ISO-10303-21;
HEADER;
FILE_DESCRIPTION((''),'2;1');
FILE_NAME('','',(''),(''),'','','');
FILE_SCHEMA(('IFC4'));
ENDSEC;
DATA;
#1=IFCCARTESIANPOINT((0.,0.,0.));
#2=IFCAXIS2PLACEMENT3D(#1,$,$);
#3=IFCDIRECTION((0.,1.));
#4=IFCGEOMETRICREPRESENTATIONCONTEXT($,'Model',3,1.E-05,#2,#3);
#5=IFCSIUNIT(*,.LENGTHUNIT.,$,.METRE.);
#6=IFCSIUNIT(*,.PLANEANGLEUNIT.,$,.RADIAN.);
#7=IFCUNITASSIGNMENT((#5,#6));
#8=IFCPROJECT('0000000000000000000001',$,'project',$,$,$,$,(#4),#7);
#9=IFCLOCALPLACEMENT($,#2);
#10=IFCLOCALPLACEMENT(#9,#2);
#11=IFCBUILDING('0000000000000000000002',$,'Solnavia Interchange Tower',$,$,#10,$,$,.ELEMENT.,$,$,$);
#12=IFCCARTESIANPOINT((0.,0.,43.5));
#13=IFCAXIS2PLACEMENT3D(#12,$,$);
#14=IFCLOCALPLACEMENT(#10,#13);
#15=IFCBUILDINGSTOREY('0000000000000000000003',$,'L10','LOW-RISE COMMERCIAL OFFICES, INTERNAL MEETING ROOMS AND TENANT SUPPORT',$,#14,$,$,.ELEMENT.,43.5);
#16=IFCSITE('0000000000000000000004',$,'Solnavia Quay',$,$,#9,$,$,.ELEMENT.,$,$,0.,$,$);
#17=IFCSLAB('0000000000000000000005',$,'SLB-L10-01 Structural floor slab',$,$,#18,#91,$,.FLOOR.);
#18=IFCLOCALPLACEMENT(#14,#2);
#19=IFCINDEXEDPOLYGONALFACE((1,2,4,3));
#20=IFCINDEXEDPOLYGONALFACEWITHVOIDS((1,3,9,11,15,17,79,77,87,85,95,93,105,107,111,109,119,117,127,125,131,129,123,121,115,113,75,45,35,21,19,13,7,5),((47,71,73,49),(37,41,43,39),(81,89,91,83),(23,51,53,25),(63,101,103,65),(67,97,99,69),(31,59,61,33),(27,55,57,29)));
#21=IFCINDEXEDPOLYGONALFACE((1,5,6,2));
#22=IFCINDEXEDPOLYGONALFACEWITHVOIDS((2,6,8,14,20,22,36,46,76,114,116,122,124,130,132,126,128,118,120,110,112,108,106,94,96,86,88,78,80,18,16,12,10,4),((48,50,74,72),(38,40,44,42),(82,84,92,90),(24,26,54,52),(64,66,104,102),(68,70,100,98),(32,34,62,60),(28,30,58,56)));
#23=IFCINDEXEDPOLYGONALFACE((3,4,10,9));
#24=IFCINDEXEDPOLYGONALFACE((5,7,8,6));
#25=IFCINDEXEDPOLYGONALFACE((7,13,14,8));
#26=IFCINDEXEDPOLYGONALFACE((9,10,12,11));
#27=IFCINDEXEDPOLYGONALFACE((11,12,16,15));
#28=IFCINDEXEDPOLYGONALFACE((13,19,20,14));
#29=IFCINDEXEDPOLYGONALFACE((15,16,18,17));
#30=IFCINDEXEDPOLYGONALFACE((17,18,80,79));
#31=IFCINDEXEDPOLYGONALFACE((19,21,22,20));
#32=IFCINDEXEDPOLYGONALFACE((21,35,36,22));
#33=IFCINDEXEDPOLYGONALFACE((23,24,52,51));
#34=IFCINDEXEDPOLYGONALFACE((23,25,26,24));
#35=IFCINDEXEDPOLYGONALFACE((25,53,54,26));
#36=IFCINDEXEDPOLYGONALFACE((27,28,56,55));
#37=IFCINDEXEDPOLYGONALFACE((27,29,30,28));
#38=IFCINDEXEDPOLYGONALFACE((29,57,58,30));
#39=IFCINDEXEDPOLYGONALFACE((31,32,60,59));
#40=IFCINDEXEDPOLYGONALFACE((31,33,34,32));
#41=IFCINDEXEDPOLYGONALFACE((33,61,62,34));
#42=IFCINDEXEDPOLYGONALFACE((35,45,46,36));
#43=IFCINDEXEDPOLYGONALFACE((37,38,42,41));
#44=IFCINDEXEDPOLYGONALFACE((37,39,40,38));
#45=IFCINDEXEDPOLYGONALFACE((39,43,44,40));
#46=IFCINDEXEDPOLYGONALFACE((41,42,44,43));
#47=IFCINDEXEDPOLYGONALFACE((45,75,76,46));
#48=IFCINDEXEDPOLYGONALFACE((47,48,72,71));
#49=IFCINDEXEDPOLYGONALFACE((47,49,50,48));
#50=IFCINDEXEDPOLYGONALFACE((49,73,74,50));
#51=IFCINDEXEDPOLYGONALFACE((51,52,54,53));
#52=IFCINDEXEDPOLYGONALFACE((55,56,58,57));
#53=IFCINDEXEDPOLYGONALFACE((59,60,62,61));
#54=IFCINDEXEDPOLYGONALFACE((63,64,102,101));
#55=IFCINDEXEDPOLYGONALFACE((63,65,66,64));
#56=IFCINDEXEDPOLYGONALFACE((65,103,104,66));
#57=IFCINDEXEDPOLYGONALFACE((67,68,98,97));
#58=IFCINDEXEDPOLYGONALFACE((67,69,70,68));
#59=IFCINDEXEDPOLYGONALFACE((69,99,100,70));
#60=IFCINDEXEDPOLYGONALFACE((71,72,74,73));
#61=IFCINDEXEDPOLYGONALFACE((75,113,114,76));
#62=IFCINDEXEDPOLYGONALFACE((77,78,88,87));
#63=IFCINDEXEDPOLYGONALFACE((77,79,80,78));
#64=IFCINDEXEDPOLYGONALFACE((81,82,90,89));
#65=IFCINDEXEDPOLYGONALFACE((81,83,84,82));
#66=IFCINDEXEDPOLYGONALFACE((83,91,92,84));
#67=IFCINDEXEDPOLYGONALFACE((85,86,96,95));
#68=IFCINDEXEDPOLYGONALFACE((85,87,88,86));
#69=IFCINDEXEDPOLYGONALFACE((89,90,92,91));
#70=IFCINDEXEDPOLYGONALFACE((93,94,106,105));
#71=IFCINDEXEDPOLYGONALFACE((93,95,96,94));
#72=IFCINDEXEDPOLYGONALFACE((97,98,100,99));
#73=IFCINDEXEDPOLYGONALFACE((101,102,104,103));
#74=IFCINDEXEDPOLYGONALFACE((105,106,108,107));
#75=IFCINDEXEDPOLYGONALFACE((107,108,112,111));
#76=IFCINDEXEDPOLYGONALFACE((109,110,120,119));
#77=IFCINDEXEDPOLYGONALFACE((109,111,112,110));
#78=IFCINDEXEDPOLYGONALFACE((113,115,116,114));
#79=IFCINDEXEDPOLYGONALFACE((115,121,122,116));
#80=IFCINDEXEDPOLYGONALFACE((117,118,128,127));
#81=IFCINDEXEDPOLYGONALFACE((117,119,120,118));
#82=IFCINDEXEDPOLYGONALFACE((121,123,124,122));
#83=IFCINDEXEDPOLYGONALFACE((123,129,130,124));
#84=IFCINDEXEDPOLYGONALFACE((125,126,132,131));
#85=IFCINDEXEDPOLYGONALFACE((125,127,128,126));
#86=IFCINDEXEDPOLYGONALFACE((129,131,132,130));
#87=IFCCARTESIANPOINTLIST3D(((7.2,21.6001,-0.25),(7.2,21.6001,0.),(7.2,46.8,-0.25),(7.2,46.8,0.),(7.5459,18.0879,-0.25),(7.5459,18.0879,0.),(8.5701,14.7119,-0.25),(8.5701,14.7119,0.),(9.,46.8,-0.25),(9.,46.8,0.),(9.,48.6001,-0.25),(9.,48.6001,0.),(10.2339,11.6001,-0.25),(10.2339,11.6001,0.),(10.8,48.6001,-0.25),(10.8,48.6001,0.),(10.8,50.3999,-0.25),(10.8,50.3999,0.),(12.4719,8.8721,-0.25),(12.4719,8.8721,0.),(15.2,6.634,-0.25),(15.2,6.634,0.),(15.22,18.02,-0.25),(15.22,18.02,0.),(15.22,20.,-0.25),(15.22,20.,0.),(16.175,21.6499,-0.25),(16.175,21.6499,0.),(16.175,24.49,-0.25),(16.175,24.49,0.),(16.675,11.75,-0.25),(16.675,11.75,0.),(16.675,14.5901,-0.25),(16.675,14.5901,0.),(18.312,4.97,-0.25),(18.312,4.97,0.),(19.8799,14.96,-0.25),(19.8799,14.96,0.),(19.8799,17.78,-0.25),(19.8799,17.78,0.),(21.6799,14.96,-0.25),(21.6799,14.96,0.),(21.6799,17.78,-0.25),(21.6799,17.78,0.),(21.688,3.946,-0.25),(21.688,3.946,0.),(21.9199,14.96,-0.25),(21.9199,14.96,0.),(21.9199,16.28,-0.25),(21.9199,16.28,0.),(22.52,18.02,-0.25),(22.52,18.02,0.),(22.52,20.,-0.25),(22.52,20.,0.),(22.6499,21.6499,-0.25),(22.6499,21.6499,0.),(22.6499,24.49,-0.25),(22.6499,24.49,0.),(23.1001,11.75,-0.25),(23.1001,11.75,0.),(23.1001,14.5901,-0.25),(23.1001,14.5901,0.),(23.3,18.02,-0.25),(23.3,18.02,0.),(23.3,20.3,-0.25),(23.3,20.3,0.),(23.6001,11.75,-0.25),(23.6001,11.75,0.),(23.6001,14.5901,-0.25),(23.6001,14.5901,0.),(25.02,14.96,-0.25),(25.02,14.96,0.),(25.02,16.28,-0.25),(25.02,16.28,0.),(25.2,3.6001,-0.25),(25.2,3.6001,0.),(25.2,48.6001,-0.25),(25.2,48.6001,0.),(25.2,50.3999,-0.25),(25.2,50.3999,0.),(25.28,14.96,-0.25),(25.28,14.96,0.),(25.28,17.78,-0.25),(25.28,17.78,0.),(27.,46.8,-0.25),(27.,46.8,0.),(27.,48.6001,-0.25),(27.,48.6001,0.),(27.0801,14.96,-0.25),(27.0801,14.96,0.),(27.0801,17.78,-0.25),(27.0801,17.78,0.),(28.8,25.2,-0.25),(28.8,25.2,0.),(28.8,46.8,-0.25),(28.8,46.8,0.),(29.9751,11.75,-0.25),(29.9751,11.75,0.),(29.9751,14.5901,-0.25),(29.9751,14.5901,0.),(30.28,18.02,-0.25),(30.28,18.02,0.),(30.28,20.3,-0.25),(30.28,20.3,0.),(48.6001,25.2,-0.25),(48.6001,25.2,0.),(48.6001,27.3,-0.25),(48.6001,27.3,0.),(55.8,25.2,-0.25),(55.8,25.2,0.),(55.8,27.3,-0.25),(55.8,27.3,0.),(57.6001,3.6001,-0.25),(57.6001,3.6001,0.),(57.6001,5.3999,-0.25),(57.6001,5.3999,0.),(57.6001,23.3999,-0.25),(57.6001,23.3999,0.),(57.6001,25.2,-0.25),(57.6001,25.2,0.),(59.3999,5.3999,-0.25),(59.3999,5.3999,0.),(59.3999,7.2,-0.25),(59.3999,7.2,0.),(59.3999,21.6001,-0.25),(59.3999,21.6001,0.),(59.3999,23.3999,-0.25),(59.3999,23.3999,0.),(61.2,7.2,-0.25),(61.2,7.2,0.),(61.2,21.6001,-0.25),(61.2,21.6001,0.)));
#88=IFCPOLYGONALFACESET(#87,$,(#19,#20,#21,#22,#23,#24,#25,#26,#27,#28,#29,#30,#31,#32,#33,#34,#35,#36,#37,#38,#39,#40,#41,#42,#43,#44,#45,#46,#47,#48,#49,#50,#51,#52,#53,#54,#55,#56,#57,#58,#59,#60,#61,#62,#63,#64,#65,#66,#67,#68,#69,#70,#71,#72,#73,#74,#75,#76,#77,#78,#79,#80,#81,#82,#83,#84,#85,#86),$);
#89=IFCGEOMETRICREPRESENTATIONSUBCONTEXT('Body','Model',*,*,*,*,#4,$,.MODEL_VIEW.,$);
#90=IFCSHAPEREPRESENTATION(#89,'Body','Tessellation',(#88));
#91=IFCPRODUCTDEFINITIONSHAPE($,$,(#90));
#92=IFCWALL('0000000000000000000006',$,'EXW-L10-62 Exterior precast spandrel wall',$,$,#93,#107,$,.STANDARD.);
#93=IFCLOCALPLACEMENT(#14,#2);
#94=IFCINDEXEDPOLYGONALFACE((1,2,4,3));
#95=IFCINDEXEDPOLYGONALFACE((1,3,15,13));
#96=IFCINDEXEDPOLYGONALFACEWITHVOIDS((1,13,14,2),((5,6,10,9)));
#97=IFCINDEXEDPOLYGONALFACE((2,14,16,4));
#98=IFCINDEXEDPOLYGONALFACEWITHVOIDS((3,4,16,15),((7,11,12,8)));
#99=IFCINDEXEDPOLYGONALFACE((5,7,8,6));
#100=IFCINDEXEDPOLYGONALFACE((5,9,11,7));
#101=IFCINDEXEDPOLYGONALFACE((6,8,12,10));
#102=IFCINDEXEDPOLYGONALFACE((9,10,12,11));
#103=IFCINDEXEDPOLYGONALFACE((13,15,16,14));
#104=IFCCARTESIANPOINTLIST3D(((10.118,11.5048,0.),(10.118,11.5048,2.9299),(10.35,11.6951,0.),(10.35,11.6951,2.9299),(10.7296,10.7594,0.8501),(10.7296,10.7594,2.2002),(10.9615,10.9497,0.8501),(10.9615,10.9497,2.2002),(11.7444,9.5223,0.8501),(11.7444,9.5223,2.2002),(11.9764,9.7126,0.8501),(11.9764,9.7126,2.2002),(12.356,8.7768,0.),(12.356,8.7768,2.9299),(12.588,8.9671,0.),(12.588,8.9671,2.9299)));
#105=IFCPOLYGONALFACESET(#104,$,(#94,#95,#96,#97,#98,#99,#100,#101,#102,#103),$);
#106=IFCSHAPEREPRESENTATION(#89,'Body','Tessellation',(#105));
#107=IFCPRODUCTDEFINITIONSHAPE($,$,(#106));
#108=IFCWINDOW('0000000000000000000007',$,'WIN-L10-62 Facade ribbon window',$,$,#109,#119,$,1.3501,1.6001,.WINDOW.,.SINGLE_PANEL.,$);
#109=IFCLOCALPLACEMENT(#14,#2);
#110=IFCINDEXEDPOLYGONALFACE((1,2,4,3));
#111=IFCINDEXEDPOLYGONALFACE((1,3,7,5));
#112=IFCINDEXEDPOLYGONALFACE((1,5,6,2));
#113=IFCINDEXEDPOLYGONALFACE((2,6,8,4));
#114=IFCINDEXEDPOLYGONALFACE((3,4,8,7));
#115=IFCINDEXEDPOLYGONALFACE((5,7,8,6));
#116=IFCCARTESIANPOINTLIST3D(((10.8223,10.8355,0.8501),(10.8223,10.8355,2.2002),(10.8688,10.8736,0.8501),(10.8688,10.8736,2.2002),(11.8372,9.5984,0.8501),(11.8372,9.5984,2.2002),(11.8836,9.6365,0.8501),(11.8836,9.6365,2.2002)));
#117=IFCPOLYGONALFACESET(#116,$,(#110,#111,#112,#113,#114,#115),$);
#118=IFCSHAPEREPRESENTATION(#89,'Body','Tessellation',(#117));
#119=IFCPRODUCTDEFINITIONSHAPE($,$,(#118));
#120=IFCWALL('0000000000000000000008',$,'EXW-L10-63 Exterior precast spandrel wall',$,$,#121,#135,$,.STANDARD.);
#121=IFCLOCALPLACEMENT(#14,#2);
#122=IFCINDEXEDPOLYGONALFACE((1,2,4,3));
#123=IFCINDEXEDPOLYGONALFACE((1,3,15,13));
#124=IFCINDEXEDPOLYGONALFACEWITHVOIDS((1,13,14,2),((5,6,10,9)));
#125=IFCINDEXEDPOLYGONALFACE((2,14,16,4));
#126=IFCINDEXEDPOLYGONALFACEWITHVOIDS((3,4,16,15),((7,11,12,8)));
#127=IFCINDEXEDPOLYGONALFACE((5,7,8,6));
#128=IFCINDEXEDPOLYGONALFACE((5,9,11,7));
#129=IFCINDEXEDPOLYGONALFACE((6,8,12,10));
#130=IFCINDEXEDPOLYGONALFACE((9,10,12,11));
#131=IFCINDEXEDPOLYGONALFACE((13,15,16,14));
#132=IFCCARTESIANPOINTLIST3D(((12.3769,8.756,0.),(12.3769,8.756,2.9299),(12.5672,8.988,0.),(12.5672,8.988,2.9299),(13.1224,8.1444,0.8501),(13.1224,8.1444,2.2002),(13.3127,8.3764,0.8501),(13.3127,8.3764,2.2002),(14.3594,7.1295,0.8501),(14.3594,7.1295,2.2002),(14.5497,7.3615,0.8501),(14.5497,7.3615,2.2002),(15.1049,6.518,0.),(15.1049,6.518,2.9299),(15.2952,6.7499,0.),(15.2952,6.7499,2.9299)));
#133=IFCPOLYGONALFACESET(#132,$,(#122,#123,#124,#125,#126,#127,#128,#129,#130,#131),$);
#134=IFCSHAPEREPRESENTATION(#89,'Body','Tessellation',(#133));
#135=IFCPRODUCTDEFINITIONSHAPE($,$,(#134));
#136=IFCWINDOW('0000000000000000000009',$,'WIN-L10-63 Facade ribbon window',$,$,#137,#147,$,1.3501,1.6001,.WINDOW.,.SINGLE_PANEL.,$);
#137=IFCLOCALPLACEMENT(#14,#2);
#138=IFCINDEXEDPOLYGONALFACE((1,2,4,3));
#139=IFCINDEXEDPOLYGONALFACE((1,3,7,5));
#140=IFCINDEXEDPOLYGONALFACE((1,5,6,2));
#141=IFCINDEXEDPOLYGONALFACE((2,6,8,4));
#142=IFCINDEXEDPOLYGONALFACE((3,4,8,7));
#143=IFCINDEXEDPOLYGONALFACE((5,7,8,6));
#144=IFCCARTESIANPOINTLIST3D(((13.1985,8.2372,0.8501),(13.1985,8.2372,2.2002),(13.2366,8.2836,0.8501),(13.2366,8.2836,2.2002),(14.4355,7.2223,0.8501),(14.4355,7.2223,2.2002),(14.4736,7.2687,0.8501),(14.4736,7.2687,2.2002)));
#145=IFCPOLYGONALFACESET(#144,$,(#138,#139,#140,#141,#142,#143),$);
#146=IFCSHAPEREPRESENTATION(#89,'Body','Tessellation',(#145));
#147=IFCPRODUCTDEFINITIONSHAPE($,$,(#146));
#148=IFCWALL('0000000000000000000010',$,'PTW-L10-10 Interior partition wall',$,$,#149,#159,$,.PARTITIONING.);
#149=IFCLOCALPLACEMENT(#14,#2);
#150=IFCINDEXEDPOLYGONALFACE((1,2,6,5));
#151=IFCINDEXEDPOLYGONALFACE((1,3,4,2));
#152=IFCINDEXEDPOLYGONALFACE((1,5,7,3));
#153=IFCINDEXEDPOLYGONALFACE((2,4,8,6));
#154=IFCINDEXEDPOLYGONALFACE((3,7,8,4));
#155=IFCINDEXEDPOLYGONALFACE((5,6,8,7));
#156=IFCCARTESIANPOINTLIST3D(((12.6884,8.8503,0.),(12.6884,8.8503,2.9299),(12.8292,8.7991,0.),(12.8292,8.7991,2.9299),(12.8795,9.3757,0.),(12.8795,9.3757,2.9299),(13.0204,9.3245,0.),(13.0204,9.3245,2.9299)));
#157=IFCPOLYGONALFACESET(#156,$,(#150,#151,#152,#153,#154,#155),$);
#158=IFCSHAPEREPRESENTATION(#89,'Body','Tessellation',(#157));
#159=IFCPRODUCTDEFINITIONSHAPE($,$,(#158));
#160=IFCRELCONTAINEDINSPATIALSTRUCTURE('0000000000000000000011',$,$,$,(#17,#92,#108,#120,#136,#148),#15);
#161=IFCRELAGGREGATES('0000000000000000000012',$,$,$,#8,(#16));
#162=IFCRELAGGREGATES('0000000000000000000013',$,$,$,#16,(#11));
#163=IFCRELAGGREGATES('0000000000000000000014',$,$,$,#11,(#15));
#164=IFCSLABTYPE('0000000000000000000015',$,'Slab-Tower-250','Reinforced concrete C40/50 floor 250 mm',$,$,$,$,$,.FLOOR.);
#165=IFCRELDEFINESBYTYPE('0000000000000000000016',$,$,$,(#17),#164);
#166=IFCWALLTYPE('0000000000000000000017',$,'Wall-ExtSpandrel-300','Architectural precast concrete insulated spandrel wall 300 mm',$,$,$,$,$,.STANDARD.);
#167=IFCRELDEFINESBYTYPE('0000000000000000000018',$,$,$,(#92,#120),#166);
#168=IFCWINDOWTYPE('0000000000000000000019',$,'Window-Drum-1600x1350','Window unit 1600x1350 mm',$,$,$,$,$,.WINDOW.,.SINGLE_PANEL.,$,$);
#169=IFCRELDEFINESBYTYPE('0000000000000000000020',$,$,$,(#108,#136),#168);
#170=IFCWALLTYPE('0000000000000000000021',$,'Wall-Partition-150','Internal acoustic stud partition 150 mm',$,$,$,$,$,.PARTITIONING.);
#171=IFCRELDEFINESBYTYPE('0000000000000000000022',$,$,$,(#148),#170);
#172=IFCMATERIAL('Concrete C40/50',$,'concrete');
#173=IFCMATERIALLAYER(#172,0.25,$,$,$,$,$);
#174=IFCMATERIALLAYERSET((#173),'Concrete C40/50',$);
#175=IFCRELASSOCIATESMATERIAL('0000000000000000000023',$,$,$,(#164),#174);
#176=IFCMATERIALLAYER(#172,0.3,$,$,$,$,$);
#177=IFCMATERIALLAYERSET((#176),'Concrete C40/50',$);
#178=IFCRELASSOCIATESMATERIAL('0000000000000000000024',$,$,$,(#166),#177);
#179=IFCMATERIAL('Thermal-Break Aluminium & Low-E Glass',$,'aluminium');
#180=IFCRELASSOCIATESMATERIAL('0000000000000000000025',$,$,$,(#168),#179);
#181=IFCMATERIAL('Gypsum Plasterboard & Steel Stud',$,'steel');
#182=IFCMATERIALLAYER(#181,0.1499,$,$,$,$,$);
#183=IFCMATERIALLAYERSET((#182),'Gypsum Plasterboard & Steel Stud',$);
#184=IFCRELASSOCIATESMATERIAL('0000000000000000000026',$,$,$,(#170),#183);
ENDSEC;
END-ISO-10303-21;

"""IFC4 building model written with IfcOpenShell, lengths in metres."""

from ifc_helpers import new_model, si_unit, direction, frame, frame_2d, origin, place, context, subcontext, project, spatial, polyline, rectangle, outline, extrude, material, layer, layer_set, type_object, element, fill, save


model = new_model("IFC4")

# Units and contexts
model_context = context("Model", 3, precision=1e-05, world=origin(), true_north=direction((0.0, 1.0)))
body_context = subcontext(model_context, "Body", "Model", "MODEL_VIEW")
ifc_project = project(units=[si_unit("LENGTHUNIT", "METRE"), si_unit("PLANEANGLEUNIT", "RADIAN")], contexts=[model_context])

# Site, building, storey
site_placement = place(None, origin())
site = spatial("IfcSite", under=ifc_project, at=site_placement, Name="Solnavia Quay", CompositionType="ELEMENT", RefElevation=0.0)
building_placement = place(site_placement, origin())
building = spatial("IfcBuilding", under=site, at=building_placement, Name="Solnavia Interchange Tower", CompositionType="ELEMENT")
storey_placement = place(building_placement, frame((0.0, 0.0, 43.5)))
storey = spatial("IfcBuildingStorey", under=building, at=storey_placement, Name="L10", Description="LOW-RISE COMMERCIAL OFFICES, INTERNAL MEETING ROOMS AND TENANT SUPPORT", CompositionType="ELEMENT", Elevation=43.5)

# Shared definitions
ifc_material_1 = material(Name="Concrete C40/50", Category="concrete")

# Slab
ifc_layer_1 = layer(ifc_material_1, 0.25)
ifc_layer_set_1 = layer_set([ifc_layer_1], Name="Concrete C40/50")
slab_type_1 = type_object("IfcSlabType", Name="Slab-Tower-250", Description="Reinforced concrete C40/50 floor 250 mm", PredefinedType="FLOOR", material=ifc_layer_set_1)
slab_1_placement = place(storey_placement, frame((0.0, 0.0, -0.25)))
element("IfcSlab", 1, at=slab_1_placement, inside=storey, type_object=slab_type_1, Name="SLB-L10-01 Structural floor slab", PredefinedType="FLOOR", context=body_context, shape_type="SweptSolid", body=[
    extrude(outline(polyline([(25.2, 3.6001), (57.6001, 3.6001), (57.6001, 5.3999), (59.3999, 5.3999), (59.3999, 7.2), (61.2, 7.2), (61.2, 21.6001), (59.3999, 21.6001), (59.3999, 23.3999), (57.6001, 23.3999), (57.6001, 25.2), (55.8, 25.2), (55.8, 27.3), (48.6001, 27.3), (48.6001, 25.2), (28.8, 25.2), (28.8, 46.8), (27.0, 46.8), (27.0, 48.6001), (25.2, 48.6001), (25.2, 50.3999), (10.8, 50.3999), (10.8, 48.6001), (9.0, 48.6001), (9.0, 46.8), (7.2, 46.8), (7.2, 21.6001), (7.5459, 18.0879), (8.5701, 14.7119), (10.2339, 11.6001), (12.4719, 8.8721), (15.2, 6.634), (18.312, 4.97), (21.688, 3.946), (25.2, 3.6001)]), holes=[polyline([(16.675, 11.75), (23.1001, 11.75), (23.1001, 14.5901), (16.675, 14.5901), (16.675, 11.75)]), polyline([(23.6001, 11.75), (29.9751, 11.75), (29.9751, 14.5901), (23.6001, 14.5901), (23.6001, 11.75)]), polyline([(16.175, 21.6499), (22.6499, 21.6499), (22.6499, 24.49), (16.175, 24.49), (16.175, 21.6499)]), polyline([(19.8799, 14.96), (21.6799, 14.96), (21.6799, 17.78), (19.8799, 17.78), (19.8799, 14.96)]), polyline([(25.28, 14.96), (27.0801, 14.96), (27.0801, 17.78), (25.28, 17.78), (25.28, 14.96)]), polyline([(21.9199, 14.96), (25.02, 14.96), (25.02, 16.28), (21.9199, 16.28), (21.9199, 14.96)]), polyline([(15.22, 18.02), (22.52, 18.02), (22.52, 20.0), (15.22, 20.0), (15.22, 18.02)]), polyline([(23.3, 18.02), (30.28, 18.02), (30.28, 20.3), (23.3, 20.3), (23.3, 18.02)])]), origin(), (0.0, 0.0, 1.0), 0.25),
])

# Walls, openings, windows
ifc_layer_2 = layer(ifc_material_1, 0.3)
ifc_layer_set_2 = layer_set([ifc_layer_2], Name="Concrete C40/50")
wall_type_1 = type_object("IfcWallType", Name="Wall-ExtSpandrel-300", Description="Architectural precast concrete insulated spandrel wall 300 mm", PredefinedType="STANDARD", material=ifc_layer_set_2)
wall_1_placement = place(storey_placement, frame((12.4719, 8.8721, 0.0), z_axis=(0.0, 0.0, 1.0), x_axis=(-0.634258, 0.773121, 0.0)))
wall_1 = element("IfcWall", 2, at=wall_1_placement, inside=storey, type_object=wall_type_1, Name="EXW-L10-62 Exterior precast spandrel wall", PredefinedType="STANDARD", context=body_context, shape_type="SweptSolid", body=[
    extrude(rectangle(XDim=3.5286, YDim=0.3, at=frame_2d((1.7642, 0.0))), origin(), (0.0, 0.0, 1.0), 2.9299),
])
opening_1_placement = place(wall_1_placement, frame((0.9641, 0.0, 0.8501)))
opening_1 = element("IfcOpeningElement", 3, at=opening_1_placement, cuts=wall_1, PredefinedType="OPENING", context=body_context, shape_type="SweptSolid", body=[
    extrude(rectangle(XDim=1.6001, YDim=1.3501, at=frame_2d((0.8, 0.675))), frame((0.0, 0.1602, 0.0), z_axis=(0.0, -1.0, 0.0), x_axis=(1.0, 0.0, 0.0)), (0.0, 0.0, 1.0), 0.3201),
])
ifc_material_2 = material(Name="Thermal-Break Aluminium & Low-E Glass", Category="aluminium")
window_type = type_object("IfcWindowType", Name="Window-Drum-1600x1350", Description="Window unit 1600x1350 mm", PartitioningType="SINGLE_PANEL", PredefinedType="WINDOW", material=ifc_material_2)
window_1_placement = place(opening_1_placement, origin())
window_1 = element("IfcWindow", 4, at=window_1_placement, inside=storey, type_object=window_type, Name="WIN-L10-62 Facade ribbon window", OverallHeight=1.3501, OverallWidth=1.6001, PartitioningType="SINGLE_PANEL", PredefinedType="WINDOW", context=body_context, shape_type="SweptSolid", body=[
    extrude(rectangle(XDim=1.6001, YDim=1.3501, at=frame_2d((0.8, 0.675))), frame((0.0, 0.03, 0.0), z_axis=(0.0, -1.0, 0.0), x_axis=(1.0, 0.0, 0.0)), (0.0, 0.0, 1.0), 0.0601),
])
fill(opening_1, window_1)
wall_2_placement = place(storey_placement, frame((15.2, 6.634, 0.0), z_axis=(0.0, 0.0, 1.0), x_axis=(-0.773121, 0.634258, 0.0)))
wall_2 = element("IfcWall", 5, at=wall_2_placement, inside=storey, type_object=wall_type_1, Name="EXW-L10-63 Exterior precast spandrel wall", PredefinedType="STANDARD", context=body_context, shape_type="SweptSolid", body=[
    extrude(rectangle(XDim=3.5286, YDim=0.3, at=frame_2d((1.7642, 0.0))), origin(), (0.0, 0.0, 1.0), 2.9299),
])
opening_2_placement = place(wall_2_placement, frame((0.9641, 0.0, 0.8501)))
opening_2 = element("IfcOpeningElement", 6, at=opening_2_placement, cuts=wall_2, PredefinedType="OPENING", context=body_context, shape_type="SweptSolid", body=[
    extrude(rectangle(XDim=1.6001, YDim=1.3501, at=frame_2d((0.8, 0.675))), frame((0.0, 0.1602, 0.0), z_axis=(0.0, -1.0, 0.0), x_axis=(1.0, 0.0, 0.0)), (0.0, 0.0, 1.0), 0.3201),
])
window_2_placement = place(opening_2_placement, origin())
window_2 = element("IfcWindow", 7, at=window_2_placement, inside=storey, type_object=window_type, Name="WIN-L10-63 Facade ribbon window", OverallHeight=1.3501, OverallWidth=1.6001, PartitioningType="SINGLE_PANEL", PredefinedType="WINDOW", context=body_context, shape_type="SweptSolid", body=[
    extrude(rectangle(XDim=1.6001, YDim=1.3501, at=frame_2d((0.8, 0.675))), frame((0.0, 0.03, 0.0), z_axis=(0.0, -1.0, 0.0), x_axis=(1.0, 0.0, 0.0)), (0.0, 0.0, 1.0), 0.0601),
])
fill(opening_2, window_2)

# Wall
ifc_material_3 = material(Name="Gypsum Plasterboard & Steel Stud", Category="steel")
ifc_layer_3 = layer(ifc_material_3, 0.1499)
ifc_layer_set_3 = layer_set([ifc_layer_3], Name="Gypsum Plasterboard & Steel Stud")
wall_type_2 = type_object("IfcWallType", Name="Wall-Partition-150", Description="Internal acoustic stud partition 150 mm", PredefinedType="PARTITIONING", material=ifc_layer_set_3)
wall_3_placement = place(storey_placement, frame((12.95, 9.3501, 0.0), z_axis=(0.0, 0.0, 1.0), x_axis=(-0.341918, -0.93973, 0.0)))
element("IfcWall", 8, at=wall_3_placement, inside=storey, type_object=wall_type_2, Name="PTW-L10-10 Interior partition wall", PredefinedType="PARTITIONING", context=body_context, shape_type="SweptSolid", body=[
    extrude(rectangle(XDim=0.5591, YDim=0.1499, at=frame_2d((0.2795, 0.0))), origin(), (0.0, 0.0, 1.0), 2.9299),
])

save(model, "model.ifc")
